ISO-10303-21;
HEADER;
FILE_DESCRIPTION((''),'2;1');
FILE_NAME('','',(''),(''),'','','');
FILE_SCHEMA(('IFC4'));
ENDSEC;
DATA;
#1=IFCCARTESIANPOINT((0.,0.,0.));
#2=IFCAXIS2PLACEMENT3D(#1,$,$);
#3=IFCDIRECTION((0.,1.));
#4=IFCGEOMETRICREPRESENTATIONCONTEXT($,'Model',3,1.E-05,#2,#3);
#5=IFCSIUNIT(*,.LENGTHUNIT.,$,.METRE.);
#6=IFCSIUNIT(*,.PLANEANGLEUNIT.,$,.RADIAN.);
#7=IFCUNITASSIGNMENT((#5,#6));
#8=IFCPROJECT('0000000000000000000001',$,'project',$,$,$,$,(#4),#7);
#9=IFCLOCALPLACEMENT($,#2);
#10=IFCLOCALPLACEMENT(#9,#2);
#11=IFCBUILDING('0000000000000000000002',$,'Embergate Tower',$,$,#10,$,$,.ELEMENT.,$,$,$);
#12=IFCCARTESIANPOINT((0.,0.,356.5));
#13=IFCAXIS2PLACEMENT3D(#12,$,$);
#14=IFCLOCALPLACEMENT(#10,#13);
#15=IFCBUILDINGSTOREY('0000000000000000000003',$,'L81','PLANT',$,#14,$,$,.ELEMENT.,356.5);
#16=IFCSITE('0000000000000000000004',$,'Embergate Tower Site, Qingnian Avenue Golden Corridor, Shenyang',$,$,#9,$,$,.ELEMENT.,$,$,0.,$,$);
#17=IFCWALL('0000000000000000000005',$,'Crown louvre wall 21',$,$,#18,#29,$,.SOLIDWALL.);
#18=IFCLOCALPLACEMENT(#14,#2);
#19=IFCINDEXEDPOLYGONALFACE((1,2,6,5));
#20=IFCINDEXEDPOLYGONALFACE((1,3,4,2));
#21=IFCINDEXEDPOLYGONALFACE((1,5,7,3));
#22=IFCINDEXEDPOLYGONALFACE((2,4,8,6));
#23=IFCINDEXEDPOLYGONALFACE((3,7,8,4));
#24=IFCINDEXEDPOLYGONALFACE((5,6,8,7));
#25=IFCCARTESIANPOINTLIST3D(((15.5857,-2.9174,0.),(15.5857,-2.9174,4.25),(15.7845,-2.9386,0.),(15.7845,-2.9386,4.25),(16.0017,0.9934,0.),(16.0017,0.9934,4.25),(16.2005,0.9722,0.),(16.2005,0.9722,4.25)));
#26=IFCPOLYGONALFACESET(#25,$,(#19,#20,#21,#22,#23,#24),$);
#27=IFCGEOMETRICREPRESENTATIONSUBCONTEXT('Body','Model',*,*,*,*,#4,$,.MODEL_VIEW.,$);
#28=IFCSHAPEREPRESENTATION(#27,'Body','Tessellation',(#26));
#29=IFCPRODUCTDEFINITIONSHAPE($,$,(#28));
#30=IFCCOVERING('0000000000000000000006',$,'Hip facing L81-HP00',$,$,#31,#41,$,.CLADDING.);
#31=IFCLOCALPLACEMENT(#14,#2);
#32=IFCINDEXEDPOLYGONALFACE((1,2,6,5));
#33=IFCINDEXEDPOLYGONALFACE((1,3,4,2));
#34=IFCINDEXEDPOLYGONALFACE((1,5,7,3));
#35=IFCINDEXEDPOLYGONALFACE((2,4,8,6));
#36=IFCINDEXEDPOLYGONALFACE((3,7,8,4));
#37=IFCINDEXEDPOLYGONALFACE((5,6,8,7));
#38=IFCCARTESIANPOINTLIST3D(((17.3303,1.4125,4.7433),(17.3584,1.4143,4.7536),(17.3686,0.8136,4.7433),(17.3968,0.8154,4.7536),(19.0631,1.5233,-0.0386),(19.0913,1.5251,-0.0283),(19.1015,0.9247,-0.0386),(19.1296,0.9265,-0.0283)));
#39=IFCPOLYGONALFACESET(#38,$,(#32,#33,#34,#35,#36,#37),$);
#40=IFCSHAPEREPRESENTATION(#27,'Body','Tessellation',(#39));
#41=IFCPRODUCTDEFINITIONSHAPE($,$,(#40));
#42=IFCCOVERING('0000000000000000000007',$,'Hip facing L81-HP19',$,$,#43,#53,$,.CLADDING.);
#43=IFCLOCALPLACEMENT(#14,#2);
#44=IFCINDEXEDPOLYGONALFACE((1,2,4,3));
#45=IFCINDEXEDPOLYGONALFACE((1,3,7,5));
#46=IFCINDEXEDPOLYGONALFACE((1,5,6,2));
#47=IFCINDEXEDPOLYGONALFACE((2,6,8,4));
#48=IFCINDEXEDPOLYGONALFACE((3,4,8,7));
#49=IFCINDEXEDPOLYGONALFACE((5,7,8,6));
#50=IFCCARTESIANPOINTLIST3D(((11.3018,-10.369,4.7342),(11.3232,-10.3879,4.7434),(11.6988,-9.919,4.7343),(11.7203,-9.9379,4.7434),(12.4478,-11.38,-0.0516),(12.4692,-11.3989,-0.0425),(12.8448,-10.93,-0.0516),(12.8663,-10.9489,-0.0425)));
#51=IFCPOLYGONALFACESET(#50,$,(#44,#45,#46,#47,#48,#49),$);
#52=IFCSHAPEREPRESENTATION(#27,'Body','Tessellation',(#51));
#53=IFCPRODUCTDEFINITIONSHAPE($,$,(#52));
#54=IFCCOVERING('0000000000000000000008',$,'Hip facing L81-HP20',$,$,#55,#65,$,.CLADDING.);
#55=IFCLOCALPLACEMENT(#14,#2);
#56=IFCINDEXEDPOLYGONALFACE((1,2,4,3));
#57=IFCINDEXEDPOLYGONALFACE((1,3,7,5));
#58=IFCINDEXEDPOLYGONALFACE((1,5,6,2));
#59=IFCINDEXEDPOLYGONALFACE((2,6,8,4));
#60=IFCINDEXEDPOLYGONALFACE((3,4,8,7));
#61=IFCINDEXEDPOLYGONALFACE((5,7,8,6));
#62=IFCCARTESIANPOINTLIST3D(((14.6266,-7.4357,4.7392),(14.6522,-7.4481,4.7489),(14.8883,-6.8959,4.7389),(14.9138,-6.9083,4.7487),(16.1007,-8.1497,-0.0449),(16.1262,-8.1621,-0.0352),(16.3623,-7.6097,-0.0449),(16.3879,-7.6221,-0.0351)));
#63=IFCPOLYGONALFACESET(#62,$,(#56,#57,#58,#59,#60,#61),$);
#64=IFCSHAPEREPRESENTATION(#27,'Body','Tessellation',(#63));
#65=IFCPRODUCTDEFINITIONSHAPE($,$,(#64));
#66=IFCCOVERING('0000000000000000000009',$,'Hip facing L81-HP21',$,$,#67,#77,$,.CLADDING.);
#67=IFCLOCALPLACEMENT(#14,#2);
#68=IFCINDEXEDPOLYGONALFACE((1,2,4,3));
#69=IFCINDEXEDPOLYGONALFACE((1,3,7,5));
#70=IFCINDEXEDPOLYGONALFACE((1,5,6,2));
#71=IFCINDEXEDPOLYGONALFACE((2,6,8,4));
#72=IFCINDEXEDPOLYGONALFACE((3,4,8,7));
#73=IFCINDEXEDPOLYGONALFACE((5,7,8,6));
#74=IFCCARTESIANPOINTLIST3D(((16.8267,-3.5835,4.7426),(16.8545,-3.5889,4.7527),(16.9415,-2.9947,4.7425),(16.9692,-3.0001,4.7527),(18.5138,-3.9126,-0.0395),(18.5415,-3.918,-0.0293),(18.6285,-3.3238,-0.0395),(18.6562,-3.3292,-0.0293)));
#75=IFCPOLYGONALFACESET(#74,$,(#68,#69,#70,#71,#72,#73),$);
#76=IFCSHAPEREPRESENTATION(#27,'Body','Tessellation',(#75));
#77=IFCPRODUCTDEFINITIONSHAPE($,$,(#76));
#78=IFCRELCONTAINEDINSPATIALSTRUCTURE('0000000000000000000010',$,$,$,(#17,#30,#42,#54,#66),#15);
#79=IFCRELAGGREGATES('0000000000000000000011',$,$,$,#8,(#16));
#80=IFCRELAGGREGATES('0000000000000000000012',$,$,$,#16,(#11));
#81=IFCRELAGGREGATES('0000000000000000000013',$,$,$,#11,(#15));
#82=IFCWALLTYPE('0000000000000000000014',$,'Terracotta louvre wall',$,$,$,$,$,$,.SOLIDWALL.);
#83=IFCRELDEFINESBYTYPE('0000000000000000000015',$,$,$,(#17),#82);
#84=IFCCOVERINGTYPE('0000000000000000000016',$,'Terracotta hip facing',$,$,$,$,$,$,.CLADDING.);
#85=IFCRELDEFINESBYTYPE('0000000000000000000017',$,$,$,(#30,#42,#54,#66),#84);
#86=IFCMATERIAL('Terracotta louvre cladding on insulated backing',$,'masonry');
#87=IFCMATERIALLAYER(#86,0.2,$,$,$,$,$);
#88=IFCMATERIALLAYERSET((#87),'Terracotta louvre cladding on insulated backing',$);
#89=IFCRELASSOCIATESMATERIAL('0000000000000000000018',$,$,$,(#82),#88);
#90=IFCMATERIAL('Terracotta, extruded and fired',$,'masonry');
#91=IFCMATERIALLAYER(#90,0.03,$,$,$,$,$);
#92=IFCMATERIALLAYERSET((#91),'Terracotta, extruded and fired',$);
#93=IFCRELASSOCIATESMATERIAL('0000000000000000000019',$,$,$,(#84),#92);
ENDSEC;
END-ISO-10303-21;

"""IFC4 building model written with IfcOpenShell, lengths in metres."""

from ifc_helpers import new_model, si_unit, direction, frame, frame_2d, origin, place, context, subcontext, project, spatial, polyline, rectangle, outline, extrude, source, transform, mapped, material, layer, layer_set, type_object, element, save


model = new_model("IFC4")

# Units and contexts
model_context = context("Model", 3, precision=1e-05, world=origin(), true_north=direction((0.0, 1.0)))
body_context = subcontext(model_context, "Body", "Model", "MODEL_VIEW")
ifc_project = project(units=[si_unit("LENGTHUNIT", "METRE"), si_unit("PLANEANGLEUNIT", "RADIAN")], contexts=[model_context])

# Site, building, storey
site_placement = place(None, origin())
site = spatial("IfcSite", under=ifc_project, at=site_placement, Name="Embergate Tower Site, Qingnian Avenue Golden Corridor, Shenyang", CompositionType="ELEMENT", RefElevation=0.0)
building_placement = place(site_placement, origin())
building = spatial("IfcBuilding", under=site, at=building_placement, Name="Embergate Tower", CompositionType="ELEMENT")
storey_placement = place(building_placement, frame((0.0, 0.0, 356.5)))
storey = spatial("IfcBuildingStorey", under=building, at=storey_placement, Name="L81", Description="PLANT", CompositionType="ELEMENT", Elevation=356.5)

# Wall
ifc_material_1 = material(Name="Terracotta louvre cladding on insulated backing", Category="masonry")
ifc_layer_1 = layer(ifc_material_1, 0.2)
ifc_layer_set_1 = layer_set([ifc_layer_1], Name="Terracotta louvre cladding on insulated backing")
wall_type = type_object("IfcWallType", Name="Terracotta louvre wall", PredefinedType="SOLIDWALL", material=ifc_layer_set_1)
shared_shape_1 = source(origin(), body_context, "Body", "SweptSolid", [
    extrude(rectangle(XDim=3.9329, YDim=0.2, at=frame_2d((1.9663, 0.0))), origin(), (0.0, 0.0, 1.0), 4.25),
])
wall_1_placement = place(storey_placement, frame((16.1011, 0.9827, 0.0), z_axis=(0.0, 0.0, 1.0), x_axis=(-0.105777, -0.99439, 0.0)))
element("IfcWall", 1, at=wall_1_placement, inside=storey, type_object=wall_type, Name="Crown louvre wall 21", PredefinedType="SOLIDWALL", context=body_context, shape_type="MappedRepresentation", body=[
    mapped(shared_shape_1, transform((0.0, 0.0, 0.0))),
])

# Coverings
ifc_material_2 = material(Name="Terracotta, extruded and fired", Category="masonry")
ifc_layer_2 = layer(ifc_material_2, 0.03)
ifc_layer_set_2 = layer_set([ifc_layer_2], Name="Terracotta, extruded and fired")
covering_type = type_object("IfcCoveringType", Name="Terracotta hip facing", PredefinedType="CLADDING", material=ifc_layer_set_2)
shared_shape_2 = source(origin(), body_context, "Body", "SweptSolid", [
    extrude(outline(polyline([(0.0, 0.0), (5.0874, 0.0), (5.0874, -0.6001), (0.0, -0.5999), (0.0, 0.0)])), origin(), (0.0, 0.0, -1.0), 0.03),
])
covering_1_placement = place(storey_placement, frame((19.1296, 0.9265, -0.0283), z_axis=(0.938027, 0.060049, 0.341319), x_axis=(-0.34062, -0.021835, 0.939948)))
element("IfcCovering", 2, at=covering_1_placement, inside=storey, type_object=covering_type, Name="Hip facing L81-HP00", PredefinedType="CLADDING", context=body_context, shape_type="MappedRepresentation", body=[
    mapped(shared_shape_2, transform((0.0, 0.0, 0.0))),
])
shared_shape_3 = source(origin(), body_context, "Body", "SweptSolid", [
    extrude(outline(polyline([(0.0, 0.0), (5.0239, 0.0), (5.0239, -0.6001), (0.0, -0.6001), (0.0, 0.0)])), origin(), (0.0, 0.0, -1.0), 0.03),
])
covering_2_placement = place(storey_placement, frame((12.4692, -11.3989, -0.0425), z_axis=(0.71434, -0.630231, 0.304183), x_axis=(-0.228106, 0.201233, 0.952614)))
element("IfcCovering", 3, at=covering_2_placement, inside=storey, type_object=covering_type, Name="Hip facing L81-HP19", PredefinedType="CLADDING", context=body_context, shape_type="MappedRepresentation", body=[
    mapped(shared_shape_3, transform((0.0, 0.0, 0.0))),
])
shared_shape_4 = source(origin(), body_context, "Body", "SweptSolid", [
    extrude(outline(polyline([(0.0, 0.0), (5.0566, 0.0), (5.0564, -0.5999), (0.0, -0.6001), (0.0, 0.0)])), origin(), (0.0, 0.0, -1.0), 0.03),
])
covering_3_placement = place(storey_placement, frame((16.1262, -8.1621, -0.0352), z_axis=(0.851418, -0.412523, 0.323902), x_axis=(-0.291499, 0.141212, 0.946091)))
element("IfcCovering", 4, at=covering_3_placement, inside=storey, type_object=covering_type, Name="Hip facing L81-HP20", PredefinedType="CLADDING", context=body_context, shape_type="MappedRepresentation", body=[
    mapped(shared_shape_4, transform((0.0, 0.0, 0.0))),
])
shared_shape_5 = source(origin(), body_context, "Body", "SweptSolid", [
    extrude(outline(polyline([(0.0, 0.0), (5.0815, 0.0), (5.0815, -0.5999), (0.0, -0.5999), (0.0, 0.0)])), origin(), (0.0, 0.0, -1.0), 0.03),
])
covering_4_placement = place(storey_placement, frame((18.5415, -3.918, -0.0293), z_axis=(0.923684, -0.179988, 0.338249), x_axis=(-0.331991, 0.064765, 0.941057)))
element("IfcCovering", 5, at=covering_4_placement, inside=storey, type_object=covering_type, Name="Hip facing L81-HP21", PredefinedType="CLADDING", context=body_context, shape_type="MappedRepresentation", body=[
    mapped(shared_shape_5, transform((0.0, 0.0, 0.0))),
])

save(model, "model.ifc")
